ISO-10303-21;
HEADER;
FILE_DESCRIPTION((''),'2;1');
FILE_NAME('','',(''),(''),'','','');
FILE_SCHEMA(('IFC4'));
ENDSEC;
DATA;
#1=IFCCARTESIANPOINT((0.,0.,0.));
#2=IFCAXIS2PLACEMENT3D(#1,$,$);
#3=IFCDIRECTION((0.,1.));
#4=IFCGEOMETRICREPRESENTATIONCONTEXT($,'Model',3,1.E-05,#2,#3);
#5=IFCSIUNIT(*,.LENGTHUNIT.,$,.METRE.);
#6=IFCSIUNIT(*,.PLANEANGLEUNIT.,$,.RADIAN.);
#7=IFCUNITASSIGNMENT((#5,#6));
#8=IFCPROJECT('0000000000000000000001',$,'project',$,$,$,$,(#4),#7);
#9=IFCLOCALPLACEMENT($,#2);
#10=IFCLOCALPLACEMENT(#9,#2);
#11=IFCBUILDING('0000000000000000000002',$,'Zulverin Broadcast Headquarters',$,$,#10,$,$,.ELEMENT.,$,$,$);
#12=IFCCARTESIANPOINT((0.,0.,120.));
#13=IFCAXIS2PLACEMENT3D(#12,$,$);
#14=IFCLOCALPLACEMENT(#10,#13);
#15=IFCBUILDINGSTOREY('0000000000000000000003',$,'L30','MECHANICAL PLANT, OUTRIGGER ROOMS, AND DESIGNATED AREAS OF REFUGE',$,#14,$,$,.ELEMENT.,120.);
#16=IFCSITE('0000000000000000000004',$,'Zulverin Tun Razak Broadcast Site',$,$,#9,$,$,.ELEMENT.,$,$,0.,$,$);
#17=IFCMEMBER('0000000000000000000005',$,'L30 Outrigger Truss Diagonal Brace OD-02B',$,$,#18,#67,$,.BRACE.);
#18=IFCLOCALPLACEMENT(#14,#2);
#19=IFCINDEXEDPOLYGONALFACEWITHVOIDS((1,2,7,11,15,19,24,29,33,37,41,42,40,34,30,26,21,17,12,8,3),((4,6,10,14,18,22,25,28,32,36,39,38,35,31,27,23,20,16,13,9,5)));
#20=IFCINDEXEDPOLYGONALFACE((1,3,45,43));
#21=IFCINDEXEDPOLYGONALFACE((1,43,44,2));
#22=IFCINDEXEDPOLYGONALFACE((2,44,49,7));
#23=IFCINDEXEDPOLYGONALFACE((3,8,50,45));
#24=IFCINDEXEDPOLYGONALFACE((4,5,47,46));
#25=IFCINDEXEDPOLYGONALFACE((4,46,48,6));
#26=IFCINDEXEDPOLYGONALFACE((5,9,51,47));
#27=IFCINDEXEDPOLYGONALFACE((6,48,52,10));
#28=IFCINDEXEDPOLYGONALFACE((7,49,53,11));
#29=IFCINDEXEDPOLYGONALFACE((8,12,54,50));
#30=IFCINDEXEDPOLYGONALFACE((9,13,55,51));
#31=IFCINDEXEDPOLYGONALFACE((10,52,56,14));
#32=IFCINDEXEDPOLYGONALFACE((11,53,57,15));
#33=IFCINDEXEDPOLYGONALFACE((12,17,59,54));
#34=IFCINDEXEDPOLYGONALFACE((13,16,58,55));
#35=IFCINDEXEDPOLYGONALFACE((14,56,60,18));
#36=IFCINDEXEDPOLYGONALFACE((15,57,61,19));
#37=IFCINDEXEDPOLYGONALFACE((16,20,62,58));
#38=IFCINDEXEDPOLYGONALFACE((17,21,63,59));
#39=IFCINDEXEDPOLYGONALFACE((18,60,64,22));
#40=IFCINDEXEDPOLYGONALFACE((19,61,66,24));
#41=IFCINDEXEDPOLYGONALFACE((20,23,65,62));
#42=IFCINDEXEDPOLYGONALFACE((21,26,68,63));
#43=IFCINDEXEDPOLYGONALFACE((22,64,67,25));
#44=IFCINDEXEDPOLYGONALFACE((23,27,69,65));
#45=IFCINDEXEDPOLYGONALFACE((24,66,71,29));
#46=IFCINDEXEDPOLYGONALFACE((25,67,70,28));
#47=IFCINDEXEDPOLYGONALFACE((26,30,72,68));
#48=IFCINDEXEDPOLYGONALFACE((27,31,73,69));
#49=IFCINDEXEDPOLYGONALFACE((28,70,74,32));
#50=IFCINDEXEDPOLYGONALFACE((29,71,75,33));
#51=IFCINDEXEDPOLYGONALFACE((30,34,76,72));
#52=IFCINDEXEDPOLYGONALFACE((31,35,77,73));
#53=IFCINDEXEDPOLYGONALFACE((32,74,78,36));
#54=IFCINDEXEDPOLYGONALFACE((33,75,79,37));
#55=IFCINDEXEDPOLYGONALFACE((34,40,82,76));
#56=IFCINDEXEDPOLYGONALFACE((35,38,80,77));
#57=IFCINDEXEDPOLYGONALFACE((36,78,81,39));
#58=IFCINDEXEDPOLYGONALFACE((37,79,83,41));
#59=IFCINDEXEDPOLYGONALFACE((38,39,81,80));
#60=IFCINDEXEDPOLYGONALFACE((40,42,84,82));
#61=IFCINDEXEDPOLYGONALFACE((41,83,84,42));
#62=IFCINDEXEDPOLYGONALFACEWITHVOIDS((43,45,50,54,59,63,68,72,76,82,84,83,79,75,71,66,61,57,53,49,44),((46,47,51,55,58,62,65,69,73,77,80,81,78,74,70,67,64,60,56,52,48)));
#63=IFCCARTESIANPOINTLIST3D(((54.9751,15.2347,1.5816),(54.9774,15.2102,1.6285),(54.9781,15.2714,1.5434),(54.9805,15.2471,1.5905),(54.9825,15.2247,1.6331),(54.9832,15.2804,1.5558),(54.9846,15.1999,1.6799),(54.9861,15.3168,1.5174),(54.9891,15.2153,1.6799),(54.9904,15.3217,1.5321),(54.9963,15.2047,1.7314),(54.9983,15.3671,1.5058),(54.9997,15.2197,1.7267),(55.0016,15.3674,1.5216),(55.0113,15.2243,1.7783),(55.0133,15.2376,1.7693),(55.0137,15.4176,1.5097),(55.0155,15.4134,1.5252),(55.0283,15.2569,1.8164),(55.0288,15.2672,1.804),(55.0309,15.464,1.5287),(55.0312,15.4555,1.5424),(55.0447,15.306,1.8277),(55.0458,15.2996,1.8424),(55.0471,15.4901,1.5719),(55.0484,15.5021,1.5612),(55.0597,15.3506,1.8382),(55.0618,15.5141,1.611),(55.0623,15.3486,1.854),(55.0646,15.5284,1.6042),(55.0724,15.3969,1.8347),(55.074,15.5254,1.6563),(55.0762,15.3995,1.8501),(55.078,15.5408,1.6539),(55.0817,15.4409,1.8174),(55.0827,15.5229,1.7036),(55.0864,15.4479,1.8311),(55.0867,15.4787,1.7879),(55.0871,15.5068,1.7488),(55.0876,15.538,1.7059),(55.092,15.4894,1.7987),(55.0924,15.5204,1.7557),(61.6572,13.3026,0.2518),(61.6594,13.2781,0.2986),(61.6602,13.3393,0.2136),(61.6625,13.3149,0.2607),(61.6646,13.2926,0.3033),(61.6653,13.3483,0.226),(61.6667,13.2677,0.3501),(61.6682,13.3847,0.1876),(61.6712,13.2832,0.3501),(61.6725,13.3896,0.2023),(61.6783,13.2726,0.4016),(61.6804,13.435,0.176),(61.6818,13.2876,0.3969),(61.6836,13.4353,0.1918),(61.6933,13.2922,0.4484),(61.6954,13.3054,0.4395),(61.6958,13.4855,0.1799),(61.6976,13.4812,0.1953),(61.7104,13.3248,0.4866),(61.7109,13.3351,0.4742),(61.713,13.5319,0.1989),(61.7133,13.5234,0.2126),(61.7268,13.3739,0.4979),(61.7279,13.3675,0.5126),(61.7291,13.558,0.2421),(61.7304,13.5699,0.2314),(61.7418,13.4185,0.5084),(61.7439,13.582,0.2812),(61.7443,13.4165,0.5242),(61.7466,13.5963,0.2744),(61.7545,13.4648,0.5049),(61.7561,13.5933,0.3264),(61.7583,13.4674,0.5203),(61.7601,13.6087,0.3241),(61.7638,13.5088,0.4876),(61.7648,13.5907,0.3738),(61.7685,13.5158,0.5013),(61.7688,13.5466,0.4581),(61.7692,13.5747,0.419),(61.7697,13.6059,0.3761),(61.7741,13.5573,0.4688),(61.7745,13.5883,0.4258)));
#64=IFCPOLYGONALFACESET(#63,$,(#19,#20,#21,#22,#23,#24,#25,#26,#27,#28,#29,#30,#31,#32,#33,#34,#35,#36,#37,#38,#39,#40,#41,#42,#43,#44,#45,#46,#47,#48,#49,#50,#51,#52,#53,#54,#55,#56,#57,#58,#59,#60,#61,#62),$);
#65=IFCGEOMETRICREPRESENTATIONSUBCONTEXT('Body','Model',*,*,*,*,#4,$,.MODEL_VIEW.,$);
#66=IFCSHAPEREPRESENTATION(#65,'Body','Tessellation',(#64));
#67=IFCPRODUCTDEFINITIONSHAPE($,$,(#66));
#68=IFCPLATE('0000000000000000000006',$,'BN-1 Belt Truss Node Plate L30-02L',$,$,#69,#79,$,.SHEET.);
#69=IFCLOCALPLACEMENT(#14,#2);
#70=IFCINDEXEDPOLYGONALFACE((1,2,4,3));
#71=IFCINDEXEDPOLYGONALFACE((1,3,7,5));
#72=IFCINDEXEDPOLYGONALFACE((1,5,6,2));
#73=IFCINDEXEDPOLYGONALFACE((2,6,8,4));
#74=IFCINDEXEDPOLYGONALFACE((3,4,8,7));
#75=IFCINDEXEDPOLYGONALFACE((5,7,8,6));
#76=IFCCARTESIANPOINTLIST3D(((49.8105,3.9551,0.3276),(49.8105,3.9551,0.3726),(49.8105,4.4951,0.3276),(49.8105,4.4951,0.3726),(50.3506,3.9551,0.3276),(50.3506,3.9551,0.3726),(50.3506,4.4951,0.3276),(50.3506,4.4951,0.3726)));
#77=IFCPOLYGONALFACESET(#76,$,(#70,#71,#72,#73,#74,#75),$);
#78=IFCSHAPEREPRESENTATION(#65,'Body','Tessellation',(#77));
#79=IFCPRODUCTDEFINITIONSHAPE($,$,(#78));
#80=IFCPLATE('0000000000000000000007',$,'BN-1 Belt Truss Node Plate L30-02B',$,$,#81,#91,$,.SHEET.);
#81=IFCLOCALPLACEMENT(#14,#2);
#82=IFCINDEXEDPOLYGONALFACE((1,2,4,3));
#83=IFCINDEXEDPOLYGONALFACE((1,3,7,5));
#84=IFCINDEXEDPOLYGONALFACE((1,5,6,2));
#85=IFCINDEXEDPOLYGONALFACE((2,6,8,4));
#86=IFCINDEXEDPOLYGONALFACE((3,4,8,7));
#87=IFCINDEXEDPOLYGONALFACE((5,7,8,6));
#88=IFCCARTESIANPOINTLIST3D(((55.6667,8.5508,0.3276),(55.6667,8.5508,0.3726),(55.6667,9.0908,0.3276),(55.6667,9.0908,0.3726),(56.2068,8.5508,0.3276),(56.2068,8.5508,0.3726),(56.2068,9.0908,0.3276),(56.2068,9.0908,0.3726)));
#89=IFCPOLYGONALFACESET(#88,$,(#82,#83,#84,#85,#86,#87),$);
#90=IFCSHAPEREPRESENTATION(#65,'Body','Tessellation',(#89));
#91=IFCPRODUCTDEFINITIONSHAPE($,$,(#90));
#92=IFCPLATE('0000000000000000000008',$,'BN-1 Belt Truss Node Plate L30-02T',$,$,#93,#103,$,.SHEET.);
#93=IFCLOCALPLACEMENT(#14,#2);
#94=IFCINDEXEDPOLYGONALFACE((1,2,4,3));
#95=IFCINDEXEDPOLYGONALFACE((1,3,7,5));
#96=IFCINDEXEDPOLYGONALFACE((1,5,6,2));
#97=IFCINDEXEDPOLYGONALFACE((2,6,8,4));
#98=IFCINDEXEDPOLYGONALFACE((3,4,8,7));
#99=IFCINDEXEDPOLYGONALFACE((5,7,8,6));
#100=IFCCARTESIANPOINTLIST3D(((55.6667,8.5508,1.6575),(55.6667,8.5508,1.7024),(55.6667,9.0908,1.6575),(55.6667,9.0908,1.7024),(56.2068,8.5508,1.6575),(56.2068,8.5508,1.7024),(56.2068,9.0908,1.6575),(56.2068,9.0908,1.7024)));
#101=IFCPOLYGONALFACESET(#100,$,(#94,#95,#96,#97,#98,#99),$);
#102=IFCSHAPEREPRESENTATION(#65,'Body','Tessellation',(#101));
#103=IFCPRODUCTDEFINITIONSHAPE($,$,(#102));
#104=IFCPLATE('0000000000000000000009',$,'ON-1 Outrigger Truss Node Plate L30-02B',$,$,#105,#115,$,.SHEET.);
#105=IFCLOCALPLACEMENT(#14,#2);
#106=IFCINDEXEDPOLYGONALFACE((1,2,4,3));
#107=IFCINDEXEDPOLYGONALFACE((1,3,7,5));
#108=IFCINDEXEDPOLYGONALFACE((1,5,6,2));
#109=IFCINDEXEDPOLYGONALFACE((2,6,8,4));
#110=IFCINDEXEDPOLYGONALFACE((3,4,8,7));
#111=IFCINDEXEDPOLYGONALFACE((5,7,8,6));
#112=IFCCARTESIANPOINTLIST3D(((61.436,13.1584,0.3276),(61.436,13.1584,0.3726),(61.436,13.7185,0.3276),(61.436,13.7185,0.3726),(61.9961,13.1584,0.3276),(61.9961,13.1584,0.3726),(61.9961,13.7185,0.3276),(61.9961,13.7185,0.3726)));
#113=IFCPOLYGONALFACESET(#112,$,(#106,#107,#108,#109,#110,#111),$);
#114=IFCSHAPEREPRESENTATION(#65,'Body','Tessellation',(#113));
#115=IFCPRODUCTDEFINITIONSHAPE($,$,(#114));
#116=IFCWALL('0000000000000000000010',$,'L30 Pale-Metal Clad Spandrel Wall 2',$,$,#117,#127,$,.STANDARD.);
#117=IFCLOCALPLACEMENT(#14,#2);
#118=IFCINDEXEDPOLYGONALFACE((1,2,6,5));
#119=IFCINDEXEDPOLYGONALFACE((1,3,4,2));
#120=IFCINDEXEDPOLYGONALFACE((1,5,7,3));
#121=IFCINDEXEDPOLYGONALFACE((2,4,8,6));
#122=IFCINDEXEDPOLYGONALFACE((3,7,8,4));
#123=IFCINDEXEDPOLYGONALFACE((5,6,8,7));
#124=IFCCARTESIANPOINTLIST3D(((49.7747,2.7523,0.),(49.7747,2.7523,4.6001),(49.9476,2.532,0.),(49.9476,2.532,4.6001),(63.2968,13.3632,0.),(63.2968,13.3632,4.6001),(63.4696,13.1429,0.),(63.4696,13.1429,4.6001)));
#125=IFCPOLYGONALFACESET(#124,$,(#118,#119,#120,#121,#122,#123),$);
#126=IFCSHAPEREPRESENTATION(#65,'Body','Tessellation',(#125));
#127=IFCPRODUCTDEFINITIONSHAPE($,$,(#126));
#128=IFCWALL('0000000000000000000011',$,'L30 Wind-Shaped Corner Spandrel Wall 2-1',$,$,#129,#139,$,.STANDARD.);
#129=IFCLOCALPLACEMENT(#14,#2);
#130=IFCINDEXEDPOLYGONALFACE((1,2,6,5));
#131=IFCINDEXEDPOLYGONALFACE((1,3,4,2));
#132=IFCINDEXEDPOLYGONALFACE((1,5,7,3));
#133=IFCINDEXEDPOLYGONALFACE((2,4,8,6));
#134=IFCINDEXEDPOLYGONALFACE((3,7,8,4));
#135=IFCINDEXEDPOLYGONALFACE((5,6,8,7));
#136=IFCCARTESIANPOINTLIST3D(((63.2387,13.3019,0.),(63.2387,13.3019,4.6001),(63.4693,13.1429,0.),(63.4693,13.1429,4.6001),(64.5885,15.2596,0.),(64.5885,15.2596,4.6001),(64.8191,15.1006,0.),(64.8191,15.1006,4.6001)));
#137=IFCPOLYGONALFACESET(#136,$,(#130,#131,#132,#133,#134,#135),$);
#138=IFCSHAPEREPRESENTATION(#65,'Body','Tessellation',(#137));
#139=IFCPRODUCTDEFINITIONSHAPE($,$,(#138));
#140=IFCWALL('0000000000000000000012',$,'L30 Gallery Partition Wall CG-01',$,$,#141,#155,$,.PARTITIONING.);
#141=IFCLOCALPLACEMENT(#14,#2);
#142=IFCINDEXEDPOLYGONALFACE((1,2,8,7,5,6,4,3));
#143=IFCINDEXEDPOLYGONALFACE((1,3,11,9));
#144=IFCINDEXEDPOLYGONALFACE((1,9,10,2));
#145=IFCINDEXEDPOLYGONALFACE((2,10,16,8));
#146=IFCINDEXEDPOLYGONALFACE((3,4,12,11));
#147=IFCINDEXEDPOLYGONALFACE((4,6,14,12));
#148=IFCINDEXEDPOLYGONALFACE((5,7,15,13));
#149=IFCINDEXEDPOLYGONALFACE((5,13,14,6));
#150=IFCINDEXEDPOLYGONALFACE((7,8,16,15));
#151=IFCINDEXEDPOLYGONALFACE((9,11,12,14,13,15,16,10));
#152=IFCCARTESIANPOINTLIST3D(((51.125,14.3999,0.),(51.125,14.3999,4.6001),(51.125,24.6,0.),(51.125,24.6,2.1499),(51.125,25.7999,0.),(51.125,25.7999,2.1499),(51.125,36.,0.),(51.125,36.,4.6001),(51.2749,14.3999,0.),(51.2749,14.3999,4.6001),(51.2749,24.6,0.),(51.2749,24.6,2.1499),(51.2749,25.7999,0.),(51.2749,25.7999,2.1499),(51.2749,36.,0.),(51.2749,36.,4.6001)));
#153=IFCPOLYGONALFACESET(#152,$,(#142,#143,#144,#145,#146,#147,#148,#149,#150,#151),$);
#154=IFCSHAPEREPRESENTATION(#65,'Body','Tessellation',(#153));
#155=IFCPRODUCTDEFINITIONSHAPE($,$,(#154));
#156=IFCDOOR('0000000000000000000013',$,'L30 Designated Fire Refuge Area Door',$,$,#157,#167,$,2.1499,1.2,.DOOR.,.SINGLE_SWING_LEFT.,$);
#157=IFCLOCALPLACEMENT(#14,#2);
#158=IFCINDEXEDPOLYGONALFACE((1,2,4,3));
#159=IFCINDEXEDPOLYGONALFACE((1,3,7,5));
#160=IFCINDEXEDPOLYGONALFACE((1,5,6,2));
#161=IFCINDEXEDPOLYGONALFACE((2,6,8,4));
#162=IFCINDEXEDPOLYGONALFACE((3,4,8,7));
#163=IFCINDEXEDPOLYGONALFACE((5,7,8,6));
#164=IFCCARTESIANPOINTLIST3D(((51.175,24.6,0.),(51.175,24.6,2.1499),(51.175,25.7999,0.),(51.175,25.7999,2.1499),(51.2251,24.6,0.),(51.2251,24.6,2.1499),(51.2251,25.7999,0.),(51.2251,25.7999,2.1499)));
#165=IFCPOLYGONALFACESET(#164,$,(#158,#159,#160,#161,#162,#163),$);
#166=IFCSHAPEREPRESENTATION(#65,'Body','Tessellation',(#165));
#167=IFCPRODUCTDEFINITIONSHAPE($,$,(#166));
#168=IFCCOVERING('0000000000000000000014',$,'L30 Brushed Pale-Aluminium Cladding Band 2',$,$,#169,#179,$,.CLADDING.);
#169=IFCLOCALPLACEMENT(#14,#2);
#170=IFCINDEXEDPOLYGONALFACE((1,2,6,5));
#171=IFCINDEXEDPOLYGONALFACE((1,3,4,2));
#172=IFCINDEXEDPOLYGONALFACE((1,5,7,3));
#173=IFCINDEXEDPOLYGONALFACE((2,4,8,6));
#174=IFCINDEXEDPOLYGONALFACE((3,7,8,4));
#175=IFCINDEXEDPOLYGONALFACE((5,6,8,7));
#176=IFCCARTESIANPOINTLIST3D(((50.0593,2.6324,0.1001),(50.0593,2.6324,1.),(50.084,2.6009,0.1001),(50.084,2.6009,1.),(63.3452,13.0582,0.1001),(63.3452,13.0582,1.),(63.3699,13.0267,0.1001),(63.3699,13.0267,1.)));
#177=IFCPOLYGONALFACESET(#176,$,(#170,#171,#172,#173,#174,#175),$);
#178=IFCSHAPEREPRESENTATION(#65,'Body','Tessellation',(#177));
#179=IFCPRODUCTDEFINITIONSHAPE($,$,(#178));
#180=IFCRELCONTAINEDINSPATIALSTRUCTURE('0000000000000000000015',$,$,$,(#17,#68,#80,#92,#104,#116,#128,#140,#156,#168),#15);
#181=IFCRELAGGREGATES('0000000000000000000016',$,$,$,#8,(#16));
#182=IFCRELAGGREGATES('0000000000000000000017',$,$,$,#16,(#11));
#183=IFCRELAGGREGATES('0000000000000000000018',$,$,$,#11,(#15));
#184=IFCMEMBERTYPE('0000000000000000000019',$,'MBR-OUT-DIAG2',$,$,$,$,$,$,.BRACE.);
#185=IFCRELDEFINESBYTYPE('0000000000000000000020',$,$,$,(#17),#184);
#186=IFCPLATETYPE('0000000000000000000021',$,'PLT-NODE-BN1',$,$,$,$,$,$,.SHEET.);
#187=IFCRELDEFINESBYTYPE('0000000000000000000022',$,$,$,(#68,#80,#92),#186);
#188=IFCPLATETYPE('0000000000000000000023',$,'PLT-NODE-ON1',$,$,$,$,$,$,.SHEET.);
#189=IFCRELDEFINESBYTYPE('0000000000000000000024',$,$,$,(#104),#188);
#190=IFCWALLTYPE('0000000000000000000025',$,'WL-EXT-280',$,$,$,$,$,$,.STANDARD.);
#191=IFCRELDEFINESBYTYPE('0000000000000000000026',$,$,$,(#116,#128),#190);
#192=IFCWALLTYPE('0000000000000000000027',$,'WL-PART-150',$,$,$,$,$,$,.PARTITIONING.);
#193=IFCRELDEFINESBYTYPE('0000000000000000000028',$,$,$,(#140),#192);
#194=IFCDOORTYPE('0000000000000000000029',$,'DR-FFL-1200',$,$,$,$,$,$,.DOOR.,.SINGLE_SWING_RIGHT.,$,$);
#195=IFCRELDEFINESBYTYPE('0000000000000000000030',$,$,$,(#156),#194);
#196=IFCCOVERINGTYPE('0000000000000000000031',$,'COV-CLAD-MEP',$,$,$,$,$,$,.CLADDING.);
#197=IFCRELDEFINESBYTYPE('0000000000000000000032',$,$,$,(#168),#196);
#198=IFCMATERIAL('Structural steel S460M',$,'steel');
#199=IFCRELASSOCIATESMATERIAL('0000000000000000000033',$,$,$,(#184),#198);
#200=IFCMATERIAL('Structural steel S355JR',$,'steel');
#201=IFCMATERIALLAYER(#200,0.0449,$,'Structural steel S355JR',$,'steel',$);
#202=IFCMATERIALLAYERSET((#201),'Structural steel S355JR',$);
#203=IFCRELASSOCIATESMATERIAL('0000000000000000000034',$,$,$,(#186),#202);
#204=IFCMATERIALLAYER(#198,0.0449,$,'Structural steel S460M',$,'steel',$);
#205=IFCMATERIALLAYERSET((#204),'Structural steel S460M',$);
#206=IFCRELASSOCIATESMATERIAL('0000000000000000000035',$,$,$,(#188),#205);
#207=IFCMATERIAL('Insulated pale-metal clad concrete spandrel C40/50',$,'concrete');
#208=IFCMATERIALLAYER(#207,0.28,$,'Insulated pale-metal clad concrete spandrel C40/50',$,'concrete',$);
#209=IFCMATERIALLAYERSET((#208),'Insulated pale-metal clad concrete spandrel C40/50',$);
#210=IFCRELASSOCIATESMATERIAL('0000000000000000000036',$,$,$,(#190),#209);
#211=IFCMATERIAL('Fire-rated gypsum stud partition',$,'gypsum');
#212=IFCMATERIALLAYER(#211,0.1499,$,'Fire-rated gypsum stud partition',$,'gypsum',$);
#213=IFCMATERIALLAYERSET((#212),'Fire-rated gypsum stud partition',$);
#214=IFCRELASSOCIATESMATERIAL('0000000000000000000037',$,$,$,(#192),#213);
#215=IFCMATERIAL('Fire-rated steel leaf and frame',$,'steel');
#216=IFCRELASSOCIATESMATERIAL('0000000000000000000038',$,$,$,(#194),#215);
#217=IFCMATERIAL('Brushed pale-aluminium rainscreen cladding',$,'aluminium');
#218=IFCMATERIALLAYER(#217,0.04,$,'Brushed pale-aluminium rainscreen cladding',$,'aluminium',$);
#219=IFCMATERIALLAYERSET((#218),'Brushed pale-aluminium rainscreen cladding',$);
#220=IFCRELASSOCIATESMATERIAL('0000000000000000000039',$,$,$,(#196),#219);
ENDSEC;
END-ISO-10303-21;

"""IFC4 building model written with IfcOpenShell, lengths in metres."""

from ifc_helpers import new_model, si_unit, direction, frame, frame_2d, origin, origin_2d, place, context, subcontext, project, spatial, rectangle, hollow_circle, extrude, material, layer, layer_set, material_profile, profile_set, type_object, element, fill, save


model = new_model("IFC4")

# Units and contexts
model_context = context("Model", 3, precision=1e-05, world=origin(), true_north=direction((0.0, 1.0)))
body_context = subcontext(model_context, "Body", "Model", "MODEL_VIEW")
ifc_project = project(units=[si_unit("LENGTHUNIT", "METRE"), si_unit("PLANEANGLEUNIT", "RADIAN")], contexts=[model_context])

# Site, building, storey
site_placement = place(None, origin())
site = spatial("IfcSite", under=ifc_project, at=site_placement, Name="Zulverin Tun Razak Broadcast Site", CompositionType="ELEMENT", RefElevation=0.0)
building_placement = place(site_placement, origin())
building = spatial("IfcBuilding", under=site, at=building_placement, Name="Zulverin Broadcast Headquarters", CompositionType="ELEMENT")
storey_placement = place(building_placement, frame((0.0, 0.0, 120.0)))
storey = spatial("IfcBuildingStorey", under=building, at=storey_placement, Name="L30", Description="MECHANICAL PLANT, OUTRIGGER ROOMS, AND DESIGNATED AREAS OF REFUGE", CompositionType="ELEMENT", Elevation=120.0)

# Member
ifc_material_1 = material(Name="Structural steel S355JR", Category="steel")
ifc_material_2 = material(Name="Structural steel S460M", Category="steel")
ifc_material_profile_1 = material_profile(ifc_material_2, hollow_circle(Radius=0.1777, WallThickness=0.0161, at=origin_2d()), Name="Structural steel S460M", Category="steel")
ifc_profile_set_1 = profile_set([ifc_material_profile_1], Name="Structural steel S460M")
member_type_1 = type_object("IfcMemberType", Name="MBR-OUT-DIAG2", PredefinedType="BRACE", material=ifc_profile_set_1)
member_1_placement = place(storey_placement, frame((61.7161, 13.4385, 0.3501), z_axis=(-0.943559, 0.272829, 0.187781), x_axis=(-0.27777, -0.960648, 0.0)))
element("IfcMember", 1, at=member_1_placement, inside=storey, type_object=member_type_1, Name="L30 Outrigger Truss Diagonal Brace OD-02B", PredefinedType="BRACE", context=body_context, shape_type="SweptSolid", body=[
    extrude(hollow_circle(Radius=0.1777, WallThickness=0.0161, at=origin_2d()), origin(), (0.0, 0.0, 1.0), 7.0818),
])

# Plates
ifc_layer_1 = layer(ifc_material_1, 0.0449, Name="Structural steel S355JR", Category="steel")
ifc_layer_set_1 = layer_set([ifc_layer_1], Name="Structural steel S355JR")
plate_type_1 = type_object("IfcPlateType", Name="PLT-NODE-BN1", PredefinedType="SHEET", material=ifc_layer_set_1)
for number, where, z_axis, x_axis, name in (
    (2, (50.0806, 4.2251, 0.3276), (0.0, 0.0, 1.0), (1.0, 0.0, 0.0), "BN-1 Belt Truss Node Plate L30-02L"),
    (3, (55.9368, 8.8208, 0.3276), (0.0, 0.0, 1.0), (1.0, 0.0, 0.0), "BN-1 Belt Truss Node Plate L30-02B"),
    (4, (55.9368, 8.8208, 1.6575), (0.0, 0.0, 1.0), (1.0, 0.0, 0.0), "BN-1 Belt Truss Node Plate L30-02T"),
):
    element("IfcPlate", number, at=place(storey_placement, frame(where, z_axis=z_axis, x_axis=x_axis)), inside=storey, type_object=plate_type_1, Name=name, PredefinedType="SHEET", context=body_context, shape_type="SweptSolid", body=[
        extrude(rectangle(XDim=0.54, YDim=0.54, at=origin_2d()), origin(), (0.0, 0.0, 1.0), 0.0449),
    ])
ifc_layer_2 = layer(ifc_material_2, 0.0449, Name="Structural steel S460M", Category="steel")
ifc_layer_set_2 = layer_set([ifc_layer_2], Name="Structural steel S460M")
plate_type_2 = type_object("IfcPlateType", Name="PLT-NODE-ON1", PredefinedType="SHEET", material=ifc_layer_set_2)
plate_placement = place(storey_placement, frame((61.7161, 13.4385, 0.3276), z_axis=(0.0, 0.0, 1.0), x_axis=(1.0, 0.0, 0.0)))
element("IfcPlate", 5, at=plate_placement, inside=storey, type_object=plate_type_2, Name="ON-1 Outrigger Truss Node Plate L30-02B", PredefinedType="SHEET", context=body_context, shape_type="SweptSolid", body=[
    extrude(rectangle(XDim=0.5601, YDim=0.5601, at=origin_2d()), origin(), (0.0, 0.0, 1.0), 0.0449),
])

# Walls
ifc_material_3 = material(Name="Insulated pale-metal clad concrete spandrel C40/50", Category="concrete")
ifc_layer_3 = layer(ifc_material_3, 0.28, Name="Insulated pale-metal clad concrete spandrel C40/50", Category="concrete")
ifc_layer_set_3 = layer_set([ifc_layer_3], Name="Insulated pale-metal clad concrete spandrel C40/50")
wall_type_1 = type_object("IfcWallType", Name="WL-EXT-280", PredefinedType="STANDARD", material=ifc_layer_set_3)
wall_1_placement = place(storey_placement, frame((49.8611, 2.6421, 0.0), z_axis=(0.0, 0.0, 1.0), x_axis=(0.786702, 0.617333, 0.0)))
element("IfcWall", 6, at=wall_1_placement, inside=storey, type_object=wall_type_1, Name="L30 Pale-Metal Clad Spandrel Wall 2", PredefinedType="STANDARD", context=body_context, shape_type="SweptSolid", body=[
    extrude(rectangle(XDim=17.1882, YDim=0.28, at=frame_2d((8.5942, 0.0))), origin(), (0.0, 0.0, 1.0), 4.6001),
])
wall_2_placement = place(storey_placement, frame((63.354, 13.2224, 0.0), z_axis=(0.0, 0.0, 1.0), x_axis=(0.567639, 0.823277, 0.0)))
element("IfcWall", 7, at=wall_2_placement, inside=storey, type_object=wall_type_1, Name="L30 Wind-Shaped Corner Spandrel Wall 2-1", PredefinedType="STANDARD", context=body_context, shape_type="SweptSolid", body=[
    extrude(rectangle(XDim=2.3779, YDim=0.28, at=frame_2d((1.189, 0.0))), origin(), (0.0, 0.0, 1.0), 4.6001),
])

# Wall, opening, door
ifc_material_4 = material(Name="Fire-rated gypsum stud partition", Category="gypsum")
ifc_layer_4 = layer(ifc_material_4, 0.1499, Name="Fire-rated gypsum stud partition", Category="gypsum")
ifc_layer_set_4 = layer_set([ifc_layer_4], Name="Fire-rated gypsum stud partition")
wall_type_2 = type_object("IfcWallType", Name="WL-PART-150", PredefinedType="PARTITIONING", material=ifc_layer_set_4)
wall_3_placement = place(storey_placement, frame((51.2, 14.3999, 0.0), z_axis=(0.0, 0.0, 1.0), x_axis=(0.0, 1.0, 0.0)))
wall_3 = element("IfcWall", 8, at=wall_3_placement, inside=storey, type_object=wall_type_2, Name="L30 Gallery Partition Wall CG-01", PredefinedType="PARTITIONING", context=body_context, shape_type="SweptSolid", body=[
    extrude(rectangle(XDim=21.6001, YDim=0.1499, at=frame_2d((10.8, 0.0))), origin(), (0.0, 0.0, 1.0), 4.6001),
])
opening_placement = place(wall_3_placement, frame((10.2, 0.0, 0.0)))
opening = element("IfcOpeningElement", 9, at=opening_placement, cuts=wall_3, PredefinedType="OPENING", context=body_context, shape_type="SweptSolid", body=[
    extrude(rectangle(XDim=1.2, YDim=2.1499, at=frame_2d((0.6001, 1.075))), frame((0.0, 0.085, 0.0), z_axis=(0.0, -1.0, 0.0), x_axis=(1.0, 0.0, 0.0)), (0.0, 0.0, 1.0), 0.1699),
])
ifc_material_5 = material(Name="Fire-rated steel leaf and frame", Category="steel")
door_type = type_object("IfcDoorType", Name="DR-FFL-1200", OperationType="SINGLE_SWING_RIGHT", PredefinedType="DOOR", material=ifc_material_5)
door_placement = place(opening_placement, origin())
door = element("IfcDoor", 10, at=door_placement, inside=storey, type_object=door_type, Name="L30 Designated Fire Refuge Area Door", OperationType="SINGLE_SWING_LEFT", OverallHeight=2.1499, OverallWidth=1.2, PredefinedType="DOOR", context=body_context, shape_type="SweptSolid", body=[
    extrude(rectangle(XDim=1.2, YDim=2.1499, at=frame_2d((0.6001, 1.075))), frame((0.0, 0.0249, 0.0), z_axis=(0.0, -1.0, 0.0), x_axis=(1.0, 0.0, 0.0)), (0.0, 0.0, 1.0), 0.05),
])
fill(opening, door)

# Covering
ifc_material_6 = material(Name="Brushed pale-aluminium rainscreen cladding", Category="aluminium")
ifc_layer_5 = layer(ifc_material_6, 0.04, Name="Brushed pale-aluminium rainscreen cladding", Category="aluminium")
ifc_layer_set_5 = layer_set([ifc_layer_5], Name="Brushed pale-aluminium rainscreen cladding")
covering_type = type_object("IfcCoveringType", Name="COV-CLAD-MEP", PredefinedType="CLADDING", material=ifc_layer_set_5)
covering_placement = place(storey_placement, frame((56.7146, 7.8296, 0.1001), z_axis=(0.0, 0.0, 1.0), x_axis=(0.786694, 0.617343, 0.0)))
element("IfcCovering", 11, at=covering_placement, inside=storey, type_object=covering_type, Name="L30 Brushed Pale-Aluminium Cladding Band 2", PredefinedType="CLADDING", context=body_context, shape_type="SweptSolid", body=[
    extrude(rectangle(XDim=16.8882, YDim=0.04, at=origin_2d()), origin(), (0.0, 0.0, 1.0), 0.8999),
])

save(model, "model.ifc")
